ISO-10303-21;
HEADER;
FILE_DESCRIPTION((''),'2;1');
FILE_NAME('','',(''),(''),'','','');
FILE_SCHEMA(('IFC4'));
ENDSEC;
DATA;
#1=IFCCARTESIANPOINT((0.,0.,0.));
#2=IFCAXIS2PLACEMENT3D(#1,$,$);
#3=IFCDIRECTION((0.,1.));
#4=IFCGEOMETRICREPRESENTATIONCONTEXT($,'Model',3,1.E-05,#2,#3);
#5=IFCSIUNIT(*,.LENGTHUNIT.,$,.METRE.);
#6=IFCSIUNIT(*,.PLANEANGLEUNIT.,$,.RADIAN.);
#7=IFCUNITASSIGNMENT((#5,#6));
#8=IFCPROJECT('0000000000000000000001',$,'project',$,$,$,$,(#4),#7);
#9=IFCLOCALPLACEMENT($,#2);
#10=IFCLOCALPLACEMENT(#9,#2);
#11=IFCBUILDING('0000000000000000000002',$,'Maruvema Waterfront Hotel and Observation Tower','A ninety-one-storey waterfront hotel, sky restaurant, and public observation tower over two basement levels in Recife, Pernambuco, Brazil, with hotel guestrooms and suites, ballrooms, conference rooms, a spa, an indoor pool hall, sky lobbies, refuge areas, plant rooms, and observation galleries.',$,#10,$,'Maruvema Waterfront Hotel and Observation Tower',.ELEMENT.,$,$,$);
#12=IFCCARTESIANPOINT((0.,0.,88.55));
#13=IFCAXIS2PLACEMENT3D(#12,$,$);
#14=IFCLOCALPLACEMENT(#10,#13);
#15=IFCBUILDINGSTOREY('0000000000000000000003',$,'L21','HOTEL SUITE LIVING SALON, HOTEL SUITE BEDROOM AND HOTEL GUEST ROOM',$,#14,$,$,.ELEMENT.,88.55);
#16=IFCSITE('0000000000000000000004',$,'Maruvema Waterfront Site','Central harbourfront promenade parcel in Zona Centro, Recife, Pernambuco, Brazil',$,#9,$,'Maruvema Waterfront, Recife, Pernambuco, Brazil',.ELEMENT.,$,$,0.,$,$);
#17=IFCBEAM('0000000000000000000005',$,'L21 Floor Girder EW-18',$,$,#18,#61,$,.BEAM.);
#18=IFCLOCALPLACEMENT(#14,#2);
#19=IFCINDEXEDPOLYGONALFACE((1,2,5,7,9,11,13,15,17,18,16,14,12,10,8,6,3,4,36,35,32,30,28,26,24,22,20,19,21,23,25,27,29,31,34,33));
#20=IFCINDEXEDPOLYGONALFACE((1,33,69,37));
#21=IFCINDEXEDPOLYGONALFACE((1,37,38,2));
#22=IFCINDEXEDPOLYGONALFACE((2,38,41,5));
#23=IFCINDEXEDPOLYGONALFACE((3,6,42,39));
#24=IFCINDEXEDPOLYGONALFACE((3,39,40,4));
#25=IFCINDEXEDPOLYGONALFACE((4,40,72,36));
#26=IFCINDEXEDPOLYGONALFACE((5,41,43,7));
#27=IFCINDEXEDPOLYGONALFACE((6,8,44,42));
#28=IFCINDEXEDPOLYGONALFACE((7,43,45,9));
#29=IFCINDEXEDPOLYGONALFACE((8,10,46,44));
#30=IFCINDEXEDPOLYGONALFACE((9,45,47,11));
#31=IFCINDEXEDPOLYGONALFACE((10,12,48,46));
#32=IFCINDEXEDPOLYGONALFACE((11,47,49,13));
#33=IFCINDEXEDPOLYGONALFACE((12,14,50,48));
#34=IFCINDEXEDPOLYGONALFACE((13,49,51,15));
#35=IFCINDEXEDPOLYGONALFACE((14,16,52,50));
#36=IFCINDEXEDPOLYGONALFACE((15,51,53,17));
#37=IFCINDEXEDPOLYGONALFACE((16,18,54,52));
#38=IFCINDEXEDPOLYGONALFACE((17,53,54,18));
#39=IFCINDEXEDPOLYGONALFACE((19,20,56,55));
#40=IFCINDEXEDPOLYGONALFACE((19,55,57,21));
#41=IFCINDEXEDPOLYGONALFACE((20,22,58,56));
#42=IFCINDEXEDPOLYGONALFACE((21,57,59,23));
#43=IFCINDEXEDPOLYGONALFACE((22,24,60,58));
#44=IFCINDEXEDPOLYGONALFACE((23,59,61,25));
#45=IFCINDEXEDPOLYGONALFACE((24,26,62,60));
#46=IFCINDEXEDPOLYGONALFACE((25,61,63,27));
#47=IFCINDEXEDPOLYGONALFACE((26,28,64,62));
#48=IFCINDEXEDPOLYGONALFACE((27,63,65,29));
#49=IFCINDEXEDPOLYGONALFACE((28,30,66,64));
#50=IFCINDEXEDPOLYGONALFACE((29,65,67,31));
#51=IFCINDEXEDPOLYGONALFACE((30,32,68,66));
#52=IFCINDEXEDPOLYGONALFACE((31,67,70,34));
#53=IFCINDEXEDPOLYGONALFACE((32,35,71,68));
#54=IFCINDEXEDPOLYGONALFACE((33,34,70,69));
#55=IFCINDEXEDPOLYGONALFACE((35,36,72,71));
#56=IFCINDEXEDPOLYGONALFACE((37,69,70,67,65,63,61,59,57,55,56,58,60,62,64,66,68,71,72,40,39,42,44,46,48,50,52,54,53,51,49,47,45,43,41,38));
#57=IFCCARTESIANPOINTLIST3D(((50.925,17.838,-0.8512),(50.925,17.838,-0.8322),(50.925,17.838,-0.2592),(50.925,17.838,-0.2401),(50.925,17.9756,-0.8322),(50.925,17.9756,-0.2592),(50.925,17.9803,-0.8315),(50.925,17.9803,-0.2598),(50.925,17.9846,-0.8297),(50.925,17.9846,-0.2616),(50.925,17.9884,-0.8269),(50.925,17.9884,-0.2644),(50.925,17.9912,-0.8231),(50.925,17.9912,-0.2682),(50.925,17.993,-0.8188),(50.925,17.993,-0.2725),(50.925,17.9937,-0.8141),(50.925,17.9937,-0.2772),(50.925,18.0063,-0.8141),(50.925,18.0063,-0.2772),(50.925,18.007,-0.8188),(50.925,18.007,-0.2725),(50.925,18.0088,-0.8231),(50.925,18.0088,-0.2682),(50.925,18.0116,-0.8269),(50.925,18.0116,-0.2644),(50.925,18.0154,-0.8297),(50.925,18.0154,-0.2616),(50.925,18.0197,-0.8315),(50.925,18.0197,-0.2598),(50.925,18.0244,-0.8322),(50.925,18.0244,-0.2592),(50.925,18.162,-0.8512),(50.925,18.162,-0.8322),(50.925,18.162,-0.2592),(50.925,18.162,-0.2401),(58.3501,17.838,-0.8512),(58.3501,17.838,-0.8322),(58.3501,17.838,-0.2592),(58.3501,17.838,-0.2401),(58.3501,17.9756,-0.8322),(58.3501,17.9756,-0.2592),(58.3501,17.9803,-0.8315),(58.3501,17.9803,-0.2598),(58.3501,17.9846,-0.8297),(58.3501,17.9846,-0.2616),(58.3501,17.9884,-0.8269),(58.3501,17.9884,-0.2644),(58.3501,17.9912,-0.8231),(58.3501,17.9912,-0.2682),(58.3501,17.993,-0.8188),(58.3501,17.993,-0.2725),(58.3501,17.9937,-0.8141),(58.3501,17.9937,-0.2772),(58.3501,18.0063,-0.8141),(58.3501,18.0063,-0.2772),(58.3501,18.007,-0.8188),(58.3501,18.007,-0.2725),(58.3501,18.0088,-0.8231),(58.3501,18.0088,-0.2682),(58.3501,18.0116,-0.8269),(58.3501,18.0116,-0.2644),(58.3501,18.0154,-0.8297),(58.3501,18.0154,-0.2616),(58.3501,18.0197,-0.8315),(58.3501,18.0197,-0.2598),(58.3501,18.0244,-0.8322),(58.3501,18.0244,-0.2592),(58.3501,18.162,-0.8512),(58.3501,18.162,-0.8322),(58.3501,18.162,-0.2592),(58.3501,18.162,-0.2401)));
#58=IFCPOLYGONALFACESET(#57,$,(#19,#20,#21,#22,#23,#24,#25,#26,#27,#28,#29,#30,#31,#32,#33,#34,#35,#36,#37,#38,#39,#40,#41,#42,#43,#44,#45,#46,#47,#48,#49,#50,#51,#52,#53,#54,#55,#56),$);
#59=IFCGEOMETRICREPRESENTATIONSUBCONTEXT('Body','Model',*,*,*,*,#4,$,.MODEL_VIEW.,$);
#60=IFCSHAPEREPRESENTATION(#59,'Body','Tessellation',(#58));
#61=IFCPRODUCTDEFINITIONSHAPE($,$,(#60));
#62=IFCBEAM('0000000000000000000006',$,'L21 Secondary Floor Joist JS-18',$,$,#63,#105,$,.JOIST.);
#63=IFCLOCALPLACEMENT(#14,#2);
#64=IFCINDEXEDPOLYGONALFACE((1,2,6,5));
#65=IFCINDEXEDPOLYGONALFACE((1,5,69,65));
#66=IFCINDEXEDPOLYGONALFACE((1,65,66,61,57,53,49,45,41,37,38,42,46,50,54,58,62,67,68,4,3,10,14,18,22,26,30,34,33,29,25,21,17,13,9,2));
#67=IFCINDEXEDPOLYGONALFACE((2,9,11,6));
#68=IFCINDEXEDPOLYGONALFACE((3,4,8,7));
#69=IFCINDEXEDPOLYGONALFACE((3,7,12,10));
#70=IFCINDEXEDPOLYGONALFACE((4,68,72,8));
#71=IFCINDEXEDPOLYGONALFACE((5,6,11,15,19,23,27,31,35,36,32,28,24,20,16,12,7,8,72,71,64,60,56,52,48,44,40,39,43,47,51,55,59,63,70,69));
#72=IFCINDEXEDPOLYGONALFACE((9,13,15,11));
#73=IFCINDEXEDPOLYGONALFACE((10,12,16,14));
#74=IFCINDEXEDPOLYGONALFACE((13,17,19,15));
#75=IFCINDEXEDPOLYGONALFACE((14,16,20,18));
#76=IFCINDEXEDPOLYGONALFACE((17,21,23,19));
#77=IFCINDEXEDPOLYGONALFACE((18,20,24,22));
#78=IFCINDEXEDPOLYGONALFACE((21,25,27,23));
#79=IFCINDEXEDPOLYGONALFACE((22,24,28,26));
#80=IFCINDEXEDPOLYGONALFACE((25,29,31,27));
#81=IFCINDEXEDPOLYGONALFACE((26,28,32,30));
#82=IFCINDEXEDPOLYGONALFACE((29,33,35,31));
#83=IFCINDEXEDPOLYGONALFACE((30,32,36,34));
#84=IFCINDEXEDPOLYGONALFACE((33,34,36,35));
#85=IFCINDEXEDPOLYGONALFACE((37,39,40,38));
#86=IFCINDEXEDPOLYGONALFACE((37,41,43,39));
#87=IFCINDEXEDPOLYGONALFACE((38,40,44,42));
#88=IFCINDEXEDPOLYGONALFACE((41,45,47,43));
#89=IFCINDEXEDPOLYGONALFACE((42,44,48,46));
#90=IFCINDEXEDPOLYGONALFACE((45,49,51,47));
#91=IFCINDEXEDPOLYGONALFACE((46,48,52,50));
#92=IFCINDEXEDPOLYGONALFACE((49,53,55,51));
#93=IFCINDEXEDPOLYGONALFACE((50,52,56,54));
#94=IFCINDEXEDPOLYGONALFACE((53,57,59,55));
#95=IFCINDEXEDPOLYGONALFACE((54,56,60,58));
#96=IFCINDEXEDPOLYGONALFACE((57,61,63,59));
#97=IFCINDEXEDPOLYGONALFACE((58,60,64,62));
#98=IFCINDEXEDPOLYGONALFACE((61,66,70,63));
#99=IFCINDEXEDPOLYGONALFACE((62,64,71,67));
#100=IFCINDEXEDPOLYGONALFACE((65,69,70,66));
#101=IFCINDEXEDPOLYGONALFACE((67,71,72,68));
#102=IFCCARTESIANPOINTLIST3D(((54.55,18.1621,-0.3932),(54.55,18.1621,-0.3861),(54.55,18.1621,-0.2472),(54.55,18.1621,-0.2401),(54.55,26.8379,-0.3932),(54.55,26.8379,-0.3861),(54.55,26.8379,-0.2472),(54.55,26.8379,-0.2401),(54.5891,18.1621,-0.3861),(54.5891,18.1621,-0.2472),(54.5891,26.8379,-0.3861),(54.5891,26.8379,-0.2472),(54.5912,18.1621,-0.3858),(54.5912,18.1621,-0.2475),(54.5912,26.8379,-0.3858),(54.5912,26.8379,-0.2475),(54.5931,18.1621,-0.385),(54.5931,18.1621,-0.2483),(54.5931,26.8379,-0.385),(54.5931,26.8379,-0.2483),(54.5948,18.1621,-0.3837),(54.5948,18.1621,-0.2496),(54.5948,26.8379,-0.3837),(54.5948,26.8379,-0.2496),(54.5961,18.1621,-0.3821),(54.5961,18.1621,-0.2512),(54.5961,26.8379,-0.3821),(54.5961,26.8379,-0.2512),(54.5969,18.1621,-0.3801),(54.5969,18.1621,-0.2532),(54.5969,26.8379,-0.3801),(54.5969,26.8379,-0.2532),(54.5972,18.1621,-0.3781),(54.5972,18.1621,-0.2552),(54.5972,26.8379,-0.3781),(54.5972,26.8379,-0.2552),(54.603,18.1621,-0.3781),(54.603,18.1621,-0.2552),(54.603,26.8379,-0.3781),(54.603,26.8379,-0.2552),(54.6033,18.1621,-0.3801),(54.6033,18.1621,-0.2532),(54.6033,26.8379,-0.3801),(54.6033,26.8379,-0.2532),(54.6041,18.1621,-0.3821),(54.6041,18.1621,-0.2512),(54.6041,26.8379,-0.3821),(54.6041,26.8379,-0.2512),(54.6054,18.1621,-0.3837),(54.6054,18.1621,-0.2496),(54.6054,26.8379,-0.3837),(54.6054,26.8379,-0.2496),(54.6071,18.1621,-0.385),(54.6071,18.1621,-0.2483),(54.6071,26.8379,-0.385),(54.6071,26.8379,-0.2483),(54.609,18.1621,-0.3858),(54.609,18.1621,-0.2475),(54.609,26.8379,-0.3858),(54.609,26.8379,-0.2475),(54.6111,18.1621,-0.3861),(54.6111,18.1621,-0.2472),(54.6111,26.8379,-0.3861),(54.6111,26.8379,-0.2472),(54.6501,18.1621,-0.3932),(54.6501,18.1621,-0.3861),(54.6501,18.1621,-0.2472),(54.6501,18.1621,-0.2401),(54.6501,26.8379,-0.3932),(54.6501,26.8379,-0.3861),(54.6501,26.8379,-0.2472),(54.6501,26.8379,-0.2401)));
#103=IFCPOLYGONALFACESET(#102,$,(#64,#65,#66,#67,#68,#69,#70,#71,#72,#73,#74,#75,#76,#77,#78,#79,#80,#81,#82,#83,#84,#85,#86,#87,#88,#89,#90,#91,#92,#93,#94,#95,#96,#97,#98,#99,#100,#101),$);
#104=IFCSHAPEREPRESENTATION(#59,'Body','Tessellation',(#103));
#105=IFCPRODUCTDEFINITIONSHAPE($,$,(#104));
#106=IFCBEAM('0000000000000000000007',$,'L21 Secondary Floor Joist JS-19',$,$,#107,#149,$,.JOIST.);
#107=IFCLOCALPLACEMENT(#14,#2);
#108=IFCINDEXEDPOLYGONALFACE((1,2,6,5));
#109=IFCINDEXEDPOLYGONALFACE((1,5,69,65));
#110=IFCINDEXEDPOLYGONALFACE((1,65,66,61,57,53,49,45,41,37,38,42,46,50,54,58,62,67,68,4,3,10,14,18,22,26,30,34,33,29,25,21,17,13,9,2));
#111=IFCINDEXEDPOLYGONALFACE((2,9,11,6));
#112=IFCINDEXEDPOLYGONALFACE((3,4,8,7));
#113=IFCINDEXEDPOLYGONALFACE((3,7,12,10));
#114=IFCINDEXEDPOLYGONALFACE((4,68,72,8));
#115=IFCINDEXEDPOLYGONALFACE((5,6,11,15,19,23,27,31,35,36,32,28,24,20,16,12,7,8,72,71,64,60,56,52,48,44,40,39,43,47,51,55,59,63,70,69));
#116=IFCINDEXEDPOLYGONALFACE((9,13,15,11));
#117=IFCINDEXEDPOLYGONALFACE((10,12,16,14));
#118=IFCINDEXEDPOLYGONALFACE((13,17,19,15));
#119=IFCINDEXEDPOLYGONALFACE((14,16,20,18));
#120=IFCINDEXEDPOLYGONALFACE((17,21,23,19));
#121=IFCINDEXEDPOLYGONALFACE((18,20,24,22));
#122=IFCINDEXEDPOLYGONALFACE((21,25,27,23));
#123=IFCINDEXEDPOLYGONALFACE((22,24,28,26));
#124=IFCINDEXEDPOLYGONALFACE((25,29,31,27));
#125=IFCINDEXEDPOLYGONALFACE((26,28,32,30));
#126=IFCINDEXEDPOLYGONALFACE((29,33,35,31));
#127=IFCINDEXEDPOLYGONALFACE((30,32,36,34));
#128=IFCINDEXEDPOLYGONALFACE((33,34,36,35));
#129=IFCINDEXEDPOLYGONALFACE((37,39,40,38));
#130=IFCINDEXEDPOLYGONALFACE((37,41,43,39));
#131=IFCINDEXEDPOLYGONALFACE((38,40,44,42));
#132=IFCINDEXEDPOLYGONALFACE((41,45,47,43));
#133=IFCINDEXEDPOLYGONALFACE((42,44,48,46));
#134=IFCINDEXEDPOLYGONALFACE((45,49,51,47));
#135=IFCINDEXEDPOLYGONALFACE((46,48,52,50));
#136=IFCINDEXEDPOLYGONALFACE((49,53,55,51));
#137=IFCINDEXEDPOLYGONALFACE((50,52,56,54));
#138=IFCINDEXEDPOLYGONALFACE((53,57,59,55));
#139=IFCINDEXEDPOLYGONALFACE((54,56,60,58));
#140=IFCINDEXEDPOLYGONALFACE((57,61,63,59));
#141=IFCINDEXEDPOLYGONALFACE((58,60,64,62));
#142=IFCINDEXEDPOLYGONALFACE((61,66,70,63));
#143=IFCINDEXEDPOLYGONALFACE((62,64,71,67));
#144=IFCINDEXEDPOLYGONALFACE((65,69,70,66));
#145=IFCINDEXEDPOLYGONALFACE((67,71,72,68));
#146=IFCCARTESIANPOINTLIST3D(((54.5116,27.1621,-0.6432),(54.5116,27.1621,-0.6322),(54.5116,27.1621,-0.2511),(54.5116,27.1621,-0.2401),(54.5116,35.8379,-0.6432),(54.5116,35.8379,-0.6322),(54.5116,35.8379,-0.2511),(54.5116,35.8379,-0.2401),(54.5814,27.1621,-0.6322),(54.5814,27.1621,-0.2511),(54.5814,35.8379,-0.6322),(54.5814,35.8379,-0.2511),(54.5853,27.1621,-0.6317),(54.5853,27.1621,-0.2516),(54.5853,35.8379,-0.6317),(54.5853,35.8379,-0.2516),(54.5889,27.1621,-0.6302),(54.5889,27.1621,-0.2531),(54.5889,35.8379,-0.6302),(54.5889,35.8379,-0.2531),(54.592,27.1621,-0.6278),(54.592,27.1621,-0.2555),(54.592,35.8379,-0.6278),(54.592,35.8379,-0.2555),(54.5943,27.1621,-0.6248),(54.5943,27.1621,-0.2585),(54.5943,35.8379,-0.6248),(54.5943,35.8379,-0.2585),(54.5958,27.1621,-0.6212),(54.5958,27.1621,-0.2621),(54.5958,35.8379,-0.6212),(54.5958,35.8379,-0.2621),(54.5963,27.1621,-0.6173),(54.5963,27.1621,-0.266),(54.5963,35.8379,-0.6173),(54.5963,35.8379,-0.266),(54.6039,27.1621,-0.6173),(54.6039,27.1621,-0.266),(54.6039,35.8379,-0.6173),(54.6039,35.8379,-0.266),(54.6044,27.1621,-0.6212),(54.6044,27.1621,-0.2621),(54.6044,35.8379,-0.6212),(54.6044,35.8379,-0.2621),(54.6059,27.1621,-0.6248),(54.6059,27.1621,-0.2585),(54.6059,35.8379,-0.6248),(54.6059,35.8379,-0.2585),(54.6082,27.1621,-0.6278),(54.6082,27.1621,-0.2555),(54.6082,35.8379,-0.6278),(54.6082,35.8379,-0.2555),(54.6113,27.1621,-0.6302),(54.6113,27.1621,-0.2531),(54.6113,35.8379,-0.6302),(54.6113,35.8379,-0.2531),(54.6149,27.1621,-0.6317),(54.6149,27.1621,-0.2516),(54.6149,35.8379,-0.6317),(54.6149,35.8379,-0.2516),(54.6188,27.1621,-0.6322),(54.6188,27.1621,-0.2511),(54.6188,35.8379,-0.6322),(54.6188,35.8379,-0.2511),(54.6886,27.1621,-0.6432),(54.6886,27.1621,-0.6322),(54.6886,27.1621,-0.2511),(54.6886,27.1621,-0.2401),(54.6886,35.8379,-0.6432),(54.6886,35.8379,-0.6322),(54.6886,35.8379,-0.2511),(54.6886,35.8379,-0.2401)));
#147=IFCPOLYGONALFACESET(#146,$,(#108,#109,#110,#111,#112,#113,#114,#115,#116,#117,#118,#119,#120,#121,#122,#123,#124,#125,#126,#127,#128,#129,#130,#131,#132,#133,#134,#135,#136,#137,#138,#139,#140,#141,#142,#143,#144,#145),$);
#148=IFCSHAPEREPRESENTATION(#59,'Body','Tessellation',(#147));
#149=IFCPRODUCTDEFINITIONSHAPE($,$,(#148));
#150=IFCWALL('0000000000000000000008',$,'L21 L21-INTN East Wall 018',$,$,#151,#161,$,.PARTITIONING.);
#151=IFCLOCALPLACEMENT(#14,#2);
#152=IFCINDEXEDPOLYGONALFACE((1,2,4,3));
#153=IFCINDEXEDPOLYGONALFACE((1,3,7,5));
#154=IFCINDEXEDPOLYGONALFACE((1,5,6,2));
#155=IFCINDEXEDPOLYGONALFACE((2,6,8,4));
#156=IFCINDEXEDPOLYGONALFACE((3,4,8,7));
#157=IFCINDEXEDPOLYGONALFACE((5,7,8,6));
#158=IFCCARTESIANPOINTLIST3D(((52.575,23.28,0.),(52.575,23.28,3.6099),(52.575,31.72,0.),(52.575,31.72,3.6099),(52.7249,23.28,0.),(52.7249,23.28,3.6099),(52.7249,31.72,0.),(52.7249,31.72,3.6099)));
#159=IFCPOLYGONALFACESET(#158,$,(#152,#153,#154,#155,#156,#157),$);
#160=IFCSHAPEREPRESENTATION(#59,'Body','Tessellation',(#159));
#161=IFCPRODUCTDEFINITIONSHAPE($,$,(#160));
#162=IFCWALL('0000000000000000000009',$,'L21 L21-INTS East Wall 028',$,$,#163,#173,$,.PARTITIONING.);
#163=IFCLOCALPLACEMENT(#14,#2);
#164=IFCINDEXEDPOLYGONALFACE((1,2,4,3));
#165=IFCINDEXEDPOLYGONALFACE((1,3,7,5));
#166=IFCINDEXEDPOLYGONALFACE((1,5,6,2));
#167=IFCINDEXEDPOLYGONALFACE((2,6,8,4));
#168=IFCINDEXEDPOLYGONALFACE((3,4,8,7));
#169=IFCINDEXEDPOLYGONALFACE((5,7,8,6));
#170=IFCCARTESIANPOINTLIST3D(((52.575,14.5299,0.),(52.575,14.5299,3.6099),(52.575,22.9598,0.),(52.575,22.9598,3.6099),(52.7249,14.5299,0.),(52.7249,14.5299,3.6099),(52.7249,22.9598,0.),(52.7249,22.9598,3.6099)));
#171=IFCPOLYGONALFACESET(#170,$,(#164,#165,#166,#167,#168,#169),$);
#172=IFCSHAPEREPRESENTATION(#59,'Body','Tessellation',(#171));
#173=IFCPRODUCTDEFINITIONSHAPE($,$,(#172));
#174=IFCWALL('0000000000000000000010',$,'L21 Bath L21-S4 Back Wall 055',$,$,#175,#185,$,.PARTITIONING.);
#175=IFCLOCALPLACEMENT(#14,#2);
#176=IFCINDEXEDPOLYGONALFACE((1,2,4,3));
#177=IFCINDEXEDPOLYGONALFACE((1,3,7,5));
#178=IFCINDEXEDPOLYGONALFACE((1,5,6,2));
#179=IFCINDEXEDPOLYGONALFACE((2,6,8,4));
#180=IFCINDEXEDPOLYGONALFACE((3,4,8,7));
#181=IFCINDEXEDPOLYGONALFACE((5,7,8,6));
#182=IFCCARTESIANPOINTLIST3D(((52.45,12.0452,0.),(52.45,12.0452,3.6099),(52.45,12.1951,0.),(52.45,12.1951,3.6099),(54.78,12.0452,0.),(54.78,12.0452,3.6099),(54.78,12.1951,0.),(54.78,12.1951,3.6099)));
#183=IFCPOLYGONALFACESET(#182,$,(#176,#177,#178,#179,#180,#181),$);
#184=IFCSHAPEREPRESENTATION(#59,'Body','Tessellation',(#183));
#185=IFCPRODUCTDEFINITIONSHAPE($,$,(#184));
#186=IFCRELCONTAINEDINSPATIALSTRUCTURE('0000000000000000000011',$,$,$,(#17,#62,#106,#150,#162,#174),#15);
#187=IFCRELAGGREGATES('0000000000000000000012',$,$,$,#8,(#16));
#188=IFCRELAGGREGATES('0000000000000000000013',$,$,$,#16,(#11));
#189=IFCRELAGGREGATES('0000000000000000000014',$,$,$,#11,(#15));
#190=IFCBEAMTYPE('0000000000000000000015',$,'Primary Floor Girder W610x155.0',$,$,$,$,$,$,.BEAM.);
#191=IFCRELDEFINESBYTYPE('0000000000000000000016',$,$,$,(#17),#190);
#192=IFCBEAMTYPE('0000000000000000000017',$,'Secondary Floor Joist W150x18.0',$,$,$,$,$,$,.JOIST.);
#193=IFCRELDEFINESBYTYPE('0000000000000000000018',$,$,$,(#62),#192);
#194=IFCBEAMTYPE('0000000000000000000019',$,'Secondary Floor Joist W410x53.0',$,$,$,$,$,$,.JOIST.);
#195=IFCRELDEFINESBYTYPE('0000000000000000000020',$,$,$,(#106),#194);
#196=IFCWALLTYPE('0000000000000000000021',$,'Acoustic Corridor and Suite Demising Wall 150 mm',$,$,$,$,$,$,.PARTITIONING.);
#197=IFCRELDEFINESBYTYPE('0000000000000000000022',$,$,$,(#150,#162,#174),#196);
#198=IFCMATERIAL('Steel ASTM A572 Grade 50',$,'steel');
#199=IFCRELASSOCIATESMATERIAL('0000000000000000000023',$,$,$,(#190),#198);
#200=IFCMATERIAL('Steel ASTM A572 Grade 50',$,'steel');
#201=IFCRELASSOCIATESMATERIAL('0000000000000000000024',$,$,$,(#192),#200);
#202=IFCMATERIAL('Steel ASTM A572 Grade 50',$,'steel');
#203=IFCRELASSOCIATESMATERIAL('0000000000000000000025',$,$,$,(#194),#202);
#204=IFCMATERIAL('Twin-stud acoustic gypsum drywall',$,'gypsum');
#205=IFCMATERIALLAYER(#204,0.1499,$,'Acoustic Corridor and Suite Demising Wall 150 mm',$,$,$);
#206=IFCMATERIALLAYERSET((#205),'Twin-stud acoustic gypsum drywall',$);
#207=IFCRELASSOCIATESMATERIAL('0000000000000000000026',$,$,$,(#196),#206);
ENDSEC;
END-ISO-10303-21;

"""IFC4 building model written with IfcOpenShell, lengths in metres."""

from ifc_helpers import new_model, si_unit, direction, frame, frame_2d, origin, origin_2d, place, context, subcontext, project, spatial, rectangle, i_section, extrude, material, layer, layer_set, material_profile, profile_set, type_object, element, save


model = new_model("IFC4")

# Units and contexts
model_context = context("Model", 3, precision=1e-05, world=origin(), true_north=direction((0.0, 1.0)))
body_context = subcontext(model_context, "Body", "Model", "MODEL_VIEW")
ifc_project = project(units=[si_unit("LENGTHUNIT", "METRE"), si_unit("PLANEANGLEUNIT", "RADIAN")], contexts=[model_context])

# Site, building, storey
site_placement = place(None, origin())
site = spatial("IfcSite", under=ifc_project, at=site_placement, Name="Maruvema Waterfront Site", Description="Central harbourfront promenade parcel in Zona Centro, Recife, Pernambuco, Brazil", LongName="Maruvema Waterfront, Recife, Pernambuco, Brazil", CompositionType="ELEMENT", RefElevation=0.0)
building_placement = place(site_placement, origin())
building = spatial("IfcBuilding", under=site, at=building_placement, Name="Maruvema Waterfront Hotel and Observation Tower", Description="A ninety-one-storey waterfront hotel, sky restaurant, and public observation tower over two basement levels in Recife, Pernambuco, Brazil, with hotel guestrooms and suites, ballrooms, conference rooms, a spa, an indoor pool hall, sky lobbies, refuge areas, plant rooms, and observation galleries.", LongName="Maruvema Waterfront Hotel and Observation Tower", CompositionType="ELEMENT")
storey_placement = place(building_placement, frame((0.0, 0.0, 88.55)))
storey = spatial("IfcBuildingStorey", under=building, at=storey_placement, Name="L21", Description="HOTEL SUITE LIVING SALON, HOTEL SUITE BEDROOM AND HOTEL GUEST ROOM", CompositionType="ELEMENT", Elevation=88.55)

# Beams
ifc_material_1 = material(Name="Steel ASTM A572 Grade 50", Category="steel")
ifc_material_profile_1 = material_profile(ifc_material_1, i_section(OverallWidth=0.324, OverallDepth=0.6111, WebThickness=0.0127, FlangeThickness=0.019, FilletRadius=0.0181, at=origin_2d()), Name="W610x155.0")
ifc_profile_set_1 = profile_set([ifc_material_profile_1], Name="Steel ASTM A572 Grade 50")
beam_type_1 = type_object("IfcBeamType", Name="Primary Floor Girder W610x155.0", PredefinedType="BEAM", material=ifc_profile_set_1)
beam_1_placement = place(storey_placement, frame((50.925, 18.0, -0.5457), z_axis=(1.0, 0.0, 0.0), x_axis=(0.0, 1.0, 0.0)))
element("IfcBeam", 1, at=beam_1_placement, inside=storey, type_object=beam_type_1, Name="L21 Floor Girder EW-18", PredefinedType="BEAM", context=body_context, shape_type="SweptSolid", body=[
    extrude(i_section(OverallWidth=0.324, OverallDepth=0.6111, WebThickness=0.0127, FlangeThickness=0.019, FilletRadius=0.0181, at=origin_2d()), origin(), (0.0, 0.0, 1.0), 7.425),
])
ifc_material_2 = material(Name="Steel ASTM A572 Grade 50", Category="steel")
ifc_material_profile_2 = material_profile(ifc_material_2, i_section(OverallWidth=0.1001, OverallDepth=0.1531, WebThickness=0.0059, FlangeThickness=0.0071, FilletRadius=0.0081, at=origin_2d()), Name="W150x18.0")
ifc_profile_set_2 = profile_set([ifc_material_profile_2], Name="Steel ASTM A572 Grade 50")
beam_type_2 = type_object("IfcBeamType", Name="Secondary Floor Joist W150x18.0", PredefinedType="JOIST", material=ifc_profile_set_2)
beam_2_placement = place(storey_placement, frame((54.6001, 18.1621, -0.3167), z_axis=(0.0, 1.0, 0.0), x_axis=(-1.0, 0.0, 0.0)))
element("IfcBeam", 2, at=beam_2_placement, inside=storey, type_object=beam_type_2, Name="L21 Secondary Floor Joist JS-18", PredefinedType="JOIST", context=body_context, shape_type="SweptSolid", body=[
    extrude(i_section(OverallWidth=0.1001, OverallDepth=0.1531, WebThickness=0.0059, FlangeThickness=0.0071, FilletRadius=0.0081, at=origin_2d()), origin(), (0.0, 0.0, 1.0), 8.6758),
])
ifc_material_3 = material(Name="Steel ASTM A572 Grade 50", Category="steel")
ifc_material_profile_3 = material_profile(ifc_material_3, i_section(OverallWidth=0.177, OverallDepth=0.4031, WebThickness=0.0076, FlangeThickness=0.011, FilletRadius=0.0149, at=origin_2d()), Name="W410x53.0")
ifc_profile_set_3 = profile_set([ifc_material_profile_3], Name="Steel ASTM A572 Grade 50")
beam_type_3 = type_object("IfcBeamType", Name="Secondary Floor Joist W410x53.0", PredefinedType="JOIST", material=ifc_profile_set_3)
beam_3_placement = place(storey_placement, frame((54.6001, 27.1621, -0.4417), z_axis=(0.0, 1.0, 0.0), x_axis=(-1.0, 0.0, 0.0)))
element("IfcBeam", 3, at=beam_3_placement, inside=storey, type_object=beam_type_3, Name="L21 Secondary Floor Joist JS-19", PredefinedType="JOIST", context=body_context, shape_type="SweptSolid", body=[
    extrude(i_section(OverallWidth=0.177, OverallDepth=0.4031, WebThickness=0.0076, FlangeThickness=0.011, FilletRadius=0.0149, at=origin_2d()), origin(), (0.0, 0.0, 1.0), 8.6758),
])

# Walls
ifc_material_4 = material(Name="Twin-stud acoustic gypsum drywall", Category="gypsum")
ifc_layer_1 = layer(ifc_material_4, 0.1499, Name="Acoustic Corridor and Suite Demising Wall 150 mm")
ifc_layer_set_1 = layer_set([ifc_layer_1], Name="Twin-stud acoustic gypsum drywall")
wall_type_1 = type_object("IfcWallType", Name="Acoustic Corridor and Suite Demising Wall 150 mm", PredefinedType="PARTITIONING", material=ifc_layer_set_1)
wall_1_placement = place(storey_placement, frame((52.6499, 23.28, 0.0), z_axis=(0.0, 0.0, 1.0), x_axis=(0.0, 1.0, 0.0)))
element("IfcWall", 4, at=wall_1_placement, inside=storey, type_object=wall_type_1, Name="L21 L21-INTN East Wall 018", PredefinedType="PARTITIONING", context=body_context, shape_type="SweptSolid", body=[
    extrude(rectangle(XDim=8.4399, YDim=0.1499, at=frame_2d((4.22, 0.0))), origin(), (0.0, 0.0, 1.0), 3.6099),
])
wall_2_placement = place(storey_placement, frame((52.6499, 14.53, 0.0), z_axis=(0.0, 0.0, 1.0), x_axis=(0.0, 1.0, 0.0)))
element("IfcWall", 5, at=wall_2_placement, inside=storey, type_object=wall_type_1, Name="L21 L21-INTS East Wall 028", PredefinedType="PARTITIONING", context=body_context, shape_type="SweptSolid", body=[
    extrude(rectangle(XDim=8.4299, YDim=0.1499, at=frame_2d((4.2148, 0.0))), origin(), (0.0, 0.0, 1.0), 3.6099),
])
wall_3_placement = place(storey_placement, frame((52.45, 12.1201, 0.0), z_axis=(0.0, 0.0, 1.0), x_axis=(1.0, 0.0, 0.0)))
element("IfcWall", 6, at=wall_3_placement, inside=storey, type_object=wall_type_1, Name="L21 Bath L21-S4 Back Wall 055", PredefinedType="PARTITIONING", context=body_context, shape_type="SweptSolid", body=[
    extrude(rectangle(XDim=2.3301, YDim=0.1499, at=frame_2d((1.165, 0.0))), origin(), (0.0, 0.0, 1.0), 3.6099),
])

save(model, "model.ifc")
